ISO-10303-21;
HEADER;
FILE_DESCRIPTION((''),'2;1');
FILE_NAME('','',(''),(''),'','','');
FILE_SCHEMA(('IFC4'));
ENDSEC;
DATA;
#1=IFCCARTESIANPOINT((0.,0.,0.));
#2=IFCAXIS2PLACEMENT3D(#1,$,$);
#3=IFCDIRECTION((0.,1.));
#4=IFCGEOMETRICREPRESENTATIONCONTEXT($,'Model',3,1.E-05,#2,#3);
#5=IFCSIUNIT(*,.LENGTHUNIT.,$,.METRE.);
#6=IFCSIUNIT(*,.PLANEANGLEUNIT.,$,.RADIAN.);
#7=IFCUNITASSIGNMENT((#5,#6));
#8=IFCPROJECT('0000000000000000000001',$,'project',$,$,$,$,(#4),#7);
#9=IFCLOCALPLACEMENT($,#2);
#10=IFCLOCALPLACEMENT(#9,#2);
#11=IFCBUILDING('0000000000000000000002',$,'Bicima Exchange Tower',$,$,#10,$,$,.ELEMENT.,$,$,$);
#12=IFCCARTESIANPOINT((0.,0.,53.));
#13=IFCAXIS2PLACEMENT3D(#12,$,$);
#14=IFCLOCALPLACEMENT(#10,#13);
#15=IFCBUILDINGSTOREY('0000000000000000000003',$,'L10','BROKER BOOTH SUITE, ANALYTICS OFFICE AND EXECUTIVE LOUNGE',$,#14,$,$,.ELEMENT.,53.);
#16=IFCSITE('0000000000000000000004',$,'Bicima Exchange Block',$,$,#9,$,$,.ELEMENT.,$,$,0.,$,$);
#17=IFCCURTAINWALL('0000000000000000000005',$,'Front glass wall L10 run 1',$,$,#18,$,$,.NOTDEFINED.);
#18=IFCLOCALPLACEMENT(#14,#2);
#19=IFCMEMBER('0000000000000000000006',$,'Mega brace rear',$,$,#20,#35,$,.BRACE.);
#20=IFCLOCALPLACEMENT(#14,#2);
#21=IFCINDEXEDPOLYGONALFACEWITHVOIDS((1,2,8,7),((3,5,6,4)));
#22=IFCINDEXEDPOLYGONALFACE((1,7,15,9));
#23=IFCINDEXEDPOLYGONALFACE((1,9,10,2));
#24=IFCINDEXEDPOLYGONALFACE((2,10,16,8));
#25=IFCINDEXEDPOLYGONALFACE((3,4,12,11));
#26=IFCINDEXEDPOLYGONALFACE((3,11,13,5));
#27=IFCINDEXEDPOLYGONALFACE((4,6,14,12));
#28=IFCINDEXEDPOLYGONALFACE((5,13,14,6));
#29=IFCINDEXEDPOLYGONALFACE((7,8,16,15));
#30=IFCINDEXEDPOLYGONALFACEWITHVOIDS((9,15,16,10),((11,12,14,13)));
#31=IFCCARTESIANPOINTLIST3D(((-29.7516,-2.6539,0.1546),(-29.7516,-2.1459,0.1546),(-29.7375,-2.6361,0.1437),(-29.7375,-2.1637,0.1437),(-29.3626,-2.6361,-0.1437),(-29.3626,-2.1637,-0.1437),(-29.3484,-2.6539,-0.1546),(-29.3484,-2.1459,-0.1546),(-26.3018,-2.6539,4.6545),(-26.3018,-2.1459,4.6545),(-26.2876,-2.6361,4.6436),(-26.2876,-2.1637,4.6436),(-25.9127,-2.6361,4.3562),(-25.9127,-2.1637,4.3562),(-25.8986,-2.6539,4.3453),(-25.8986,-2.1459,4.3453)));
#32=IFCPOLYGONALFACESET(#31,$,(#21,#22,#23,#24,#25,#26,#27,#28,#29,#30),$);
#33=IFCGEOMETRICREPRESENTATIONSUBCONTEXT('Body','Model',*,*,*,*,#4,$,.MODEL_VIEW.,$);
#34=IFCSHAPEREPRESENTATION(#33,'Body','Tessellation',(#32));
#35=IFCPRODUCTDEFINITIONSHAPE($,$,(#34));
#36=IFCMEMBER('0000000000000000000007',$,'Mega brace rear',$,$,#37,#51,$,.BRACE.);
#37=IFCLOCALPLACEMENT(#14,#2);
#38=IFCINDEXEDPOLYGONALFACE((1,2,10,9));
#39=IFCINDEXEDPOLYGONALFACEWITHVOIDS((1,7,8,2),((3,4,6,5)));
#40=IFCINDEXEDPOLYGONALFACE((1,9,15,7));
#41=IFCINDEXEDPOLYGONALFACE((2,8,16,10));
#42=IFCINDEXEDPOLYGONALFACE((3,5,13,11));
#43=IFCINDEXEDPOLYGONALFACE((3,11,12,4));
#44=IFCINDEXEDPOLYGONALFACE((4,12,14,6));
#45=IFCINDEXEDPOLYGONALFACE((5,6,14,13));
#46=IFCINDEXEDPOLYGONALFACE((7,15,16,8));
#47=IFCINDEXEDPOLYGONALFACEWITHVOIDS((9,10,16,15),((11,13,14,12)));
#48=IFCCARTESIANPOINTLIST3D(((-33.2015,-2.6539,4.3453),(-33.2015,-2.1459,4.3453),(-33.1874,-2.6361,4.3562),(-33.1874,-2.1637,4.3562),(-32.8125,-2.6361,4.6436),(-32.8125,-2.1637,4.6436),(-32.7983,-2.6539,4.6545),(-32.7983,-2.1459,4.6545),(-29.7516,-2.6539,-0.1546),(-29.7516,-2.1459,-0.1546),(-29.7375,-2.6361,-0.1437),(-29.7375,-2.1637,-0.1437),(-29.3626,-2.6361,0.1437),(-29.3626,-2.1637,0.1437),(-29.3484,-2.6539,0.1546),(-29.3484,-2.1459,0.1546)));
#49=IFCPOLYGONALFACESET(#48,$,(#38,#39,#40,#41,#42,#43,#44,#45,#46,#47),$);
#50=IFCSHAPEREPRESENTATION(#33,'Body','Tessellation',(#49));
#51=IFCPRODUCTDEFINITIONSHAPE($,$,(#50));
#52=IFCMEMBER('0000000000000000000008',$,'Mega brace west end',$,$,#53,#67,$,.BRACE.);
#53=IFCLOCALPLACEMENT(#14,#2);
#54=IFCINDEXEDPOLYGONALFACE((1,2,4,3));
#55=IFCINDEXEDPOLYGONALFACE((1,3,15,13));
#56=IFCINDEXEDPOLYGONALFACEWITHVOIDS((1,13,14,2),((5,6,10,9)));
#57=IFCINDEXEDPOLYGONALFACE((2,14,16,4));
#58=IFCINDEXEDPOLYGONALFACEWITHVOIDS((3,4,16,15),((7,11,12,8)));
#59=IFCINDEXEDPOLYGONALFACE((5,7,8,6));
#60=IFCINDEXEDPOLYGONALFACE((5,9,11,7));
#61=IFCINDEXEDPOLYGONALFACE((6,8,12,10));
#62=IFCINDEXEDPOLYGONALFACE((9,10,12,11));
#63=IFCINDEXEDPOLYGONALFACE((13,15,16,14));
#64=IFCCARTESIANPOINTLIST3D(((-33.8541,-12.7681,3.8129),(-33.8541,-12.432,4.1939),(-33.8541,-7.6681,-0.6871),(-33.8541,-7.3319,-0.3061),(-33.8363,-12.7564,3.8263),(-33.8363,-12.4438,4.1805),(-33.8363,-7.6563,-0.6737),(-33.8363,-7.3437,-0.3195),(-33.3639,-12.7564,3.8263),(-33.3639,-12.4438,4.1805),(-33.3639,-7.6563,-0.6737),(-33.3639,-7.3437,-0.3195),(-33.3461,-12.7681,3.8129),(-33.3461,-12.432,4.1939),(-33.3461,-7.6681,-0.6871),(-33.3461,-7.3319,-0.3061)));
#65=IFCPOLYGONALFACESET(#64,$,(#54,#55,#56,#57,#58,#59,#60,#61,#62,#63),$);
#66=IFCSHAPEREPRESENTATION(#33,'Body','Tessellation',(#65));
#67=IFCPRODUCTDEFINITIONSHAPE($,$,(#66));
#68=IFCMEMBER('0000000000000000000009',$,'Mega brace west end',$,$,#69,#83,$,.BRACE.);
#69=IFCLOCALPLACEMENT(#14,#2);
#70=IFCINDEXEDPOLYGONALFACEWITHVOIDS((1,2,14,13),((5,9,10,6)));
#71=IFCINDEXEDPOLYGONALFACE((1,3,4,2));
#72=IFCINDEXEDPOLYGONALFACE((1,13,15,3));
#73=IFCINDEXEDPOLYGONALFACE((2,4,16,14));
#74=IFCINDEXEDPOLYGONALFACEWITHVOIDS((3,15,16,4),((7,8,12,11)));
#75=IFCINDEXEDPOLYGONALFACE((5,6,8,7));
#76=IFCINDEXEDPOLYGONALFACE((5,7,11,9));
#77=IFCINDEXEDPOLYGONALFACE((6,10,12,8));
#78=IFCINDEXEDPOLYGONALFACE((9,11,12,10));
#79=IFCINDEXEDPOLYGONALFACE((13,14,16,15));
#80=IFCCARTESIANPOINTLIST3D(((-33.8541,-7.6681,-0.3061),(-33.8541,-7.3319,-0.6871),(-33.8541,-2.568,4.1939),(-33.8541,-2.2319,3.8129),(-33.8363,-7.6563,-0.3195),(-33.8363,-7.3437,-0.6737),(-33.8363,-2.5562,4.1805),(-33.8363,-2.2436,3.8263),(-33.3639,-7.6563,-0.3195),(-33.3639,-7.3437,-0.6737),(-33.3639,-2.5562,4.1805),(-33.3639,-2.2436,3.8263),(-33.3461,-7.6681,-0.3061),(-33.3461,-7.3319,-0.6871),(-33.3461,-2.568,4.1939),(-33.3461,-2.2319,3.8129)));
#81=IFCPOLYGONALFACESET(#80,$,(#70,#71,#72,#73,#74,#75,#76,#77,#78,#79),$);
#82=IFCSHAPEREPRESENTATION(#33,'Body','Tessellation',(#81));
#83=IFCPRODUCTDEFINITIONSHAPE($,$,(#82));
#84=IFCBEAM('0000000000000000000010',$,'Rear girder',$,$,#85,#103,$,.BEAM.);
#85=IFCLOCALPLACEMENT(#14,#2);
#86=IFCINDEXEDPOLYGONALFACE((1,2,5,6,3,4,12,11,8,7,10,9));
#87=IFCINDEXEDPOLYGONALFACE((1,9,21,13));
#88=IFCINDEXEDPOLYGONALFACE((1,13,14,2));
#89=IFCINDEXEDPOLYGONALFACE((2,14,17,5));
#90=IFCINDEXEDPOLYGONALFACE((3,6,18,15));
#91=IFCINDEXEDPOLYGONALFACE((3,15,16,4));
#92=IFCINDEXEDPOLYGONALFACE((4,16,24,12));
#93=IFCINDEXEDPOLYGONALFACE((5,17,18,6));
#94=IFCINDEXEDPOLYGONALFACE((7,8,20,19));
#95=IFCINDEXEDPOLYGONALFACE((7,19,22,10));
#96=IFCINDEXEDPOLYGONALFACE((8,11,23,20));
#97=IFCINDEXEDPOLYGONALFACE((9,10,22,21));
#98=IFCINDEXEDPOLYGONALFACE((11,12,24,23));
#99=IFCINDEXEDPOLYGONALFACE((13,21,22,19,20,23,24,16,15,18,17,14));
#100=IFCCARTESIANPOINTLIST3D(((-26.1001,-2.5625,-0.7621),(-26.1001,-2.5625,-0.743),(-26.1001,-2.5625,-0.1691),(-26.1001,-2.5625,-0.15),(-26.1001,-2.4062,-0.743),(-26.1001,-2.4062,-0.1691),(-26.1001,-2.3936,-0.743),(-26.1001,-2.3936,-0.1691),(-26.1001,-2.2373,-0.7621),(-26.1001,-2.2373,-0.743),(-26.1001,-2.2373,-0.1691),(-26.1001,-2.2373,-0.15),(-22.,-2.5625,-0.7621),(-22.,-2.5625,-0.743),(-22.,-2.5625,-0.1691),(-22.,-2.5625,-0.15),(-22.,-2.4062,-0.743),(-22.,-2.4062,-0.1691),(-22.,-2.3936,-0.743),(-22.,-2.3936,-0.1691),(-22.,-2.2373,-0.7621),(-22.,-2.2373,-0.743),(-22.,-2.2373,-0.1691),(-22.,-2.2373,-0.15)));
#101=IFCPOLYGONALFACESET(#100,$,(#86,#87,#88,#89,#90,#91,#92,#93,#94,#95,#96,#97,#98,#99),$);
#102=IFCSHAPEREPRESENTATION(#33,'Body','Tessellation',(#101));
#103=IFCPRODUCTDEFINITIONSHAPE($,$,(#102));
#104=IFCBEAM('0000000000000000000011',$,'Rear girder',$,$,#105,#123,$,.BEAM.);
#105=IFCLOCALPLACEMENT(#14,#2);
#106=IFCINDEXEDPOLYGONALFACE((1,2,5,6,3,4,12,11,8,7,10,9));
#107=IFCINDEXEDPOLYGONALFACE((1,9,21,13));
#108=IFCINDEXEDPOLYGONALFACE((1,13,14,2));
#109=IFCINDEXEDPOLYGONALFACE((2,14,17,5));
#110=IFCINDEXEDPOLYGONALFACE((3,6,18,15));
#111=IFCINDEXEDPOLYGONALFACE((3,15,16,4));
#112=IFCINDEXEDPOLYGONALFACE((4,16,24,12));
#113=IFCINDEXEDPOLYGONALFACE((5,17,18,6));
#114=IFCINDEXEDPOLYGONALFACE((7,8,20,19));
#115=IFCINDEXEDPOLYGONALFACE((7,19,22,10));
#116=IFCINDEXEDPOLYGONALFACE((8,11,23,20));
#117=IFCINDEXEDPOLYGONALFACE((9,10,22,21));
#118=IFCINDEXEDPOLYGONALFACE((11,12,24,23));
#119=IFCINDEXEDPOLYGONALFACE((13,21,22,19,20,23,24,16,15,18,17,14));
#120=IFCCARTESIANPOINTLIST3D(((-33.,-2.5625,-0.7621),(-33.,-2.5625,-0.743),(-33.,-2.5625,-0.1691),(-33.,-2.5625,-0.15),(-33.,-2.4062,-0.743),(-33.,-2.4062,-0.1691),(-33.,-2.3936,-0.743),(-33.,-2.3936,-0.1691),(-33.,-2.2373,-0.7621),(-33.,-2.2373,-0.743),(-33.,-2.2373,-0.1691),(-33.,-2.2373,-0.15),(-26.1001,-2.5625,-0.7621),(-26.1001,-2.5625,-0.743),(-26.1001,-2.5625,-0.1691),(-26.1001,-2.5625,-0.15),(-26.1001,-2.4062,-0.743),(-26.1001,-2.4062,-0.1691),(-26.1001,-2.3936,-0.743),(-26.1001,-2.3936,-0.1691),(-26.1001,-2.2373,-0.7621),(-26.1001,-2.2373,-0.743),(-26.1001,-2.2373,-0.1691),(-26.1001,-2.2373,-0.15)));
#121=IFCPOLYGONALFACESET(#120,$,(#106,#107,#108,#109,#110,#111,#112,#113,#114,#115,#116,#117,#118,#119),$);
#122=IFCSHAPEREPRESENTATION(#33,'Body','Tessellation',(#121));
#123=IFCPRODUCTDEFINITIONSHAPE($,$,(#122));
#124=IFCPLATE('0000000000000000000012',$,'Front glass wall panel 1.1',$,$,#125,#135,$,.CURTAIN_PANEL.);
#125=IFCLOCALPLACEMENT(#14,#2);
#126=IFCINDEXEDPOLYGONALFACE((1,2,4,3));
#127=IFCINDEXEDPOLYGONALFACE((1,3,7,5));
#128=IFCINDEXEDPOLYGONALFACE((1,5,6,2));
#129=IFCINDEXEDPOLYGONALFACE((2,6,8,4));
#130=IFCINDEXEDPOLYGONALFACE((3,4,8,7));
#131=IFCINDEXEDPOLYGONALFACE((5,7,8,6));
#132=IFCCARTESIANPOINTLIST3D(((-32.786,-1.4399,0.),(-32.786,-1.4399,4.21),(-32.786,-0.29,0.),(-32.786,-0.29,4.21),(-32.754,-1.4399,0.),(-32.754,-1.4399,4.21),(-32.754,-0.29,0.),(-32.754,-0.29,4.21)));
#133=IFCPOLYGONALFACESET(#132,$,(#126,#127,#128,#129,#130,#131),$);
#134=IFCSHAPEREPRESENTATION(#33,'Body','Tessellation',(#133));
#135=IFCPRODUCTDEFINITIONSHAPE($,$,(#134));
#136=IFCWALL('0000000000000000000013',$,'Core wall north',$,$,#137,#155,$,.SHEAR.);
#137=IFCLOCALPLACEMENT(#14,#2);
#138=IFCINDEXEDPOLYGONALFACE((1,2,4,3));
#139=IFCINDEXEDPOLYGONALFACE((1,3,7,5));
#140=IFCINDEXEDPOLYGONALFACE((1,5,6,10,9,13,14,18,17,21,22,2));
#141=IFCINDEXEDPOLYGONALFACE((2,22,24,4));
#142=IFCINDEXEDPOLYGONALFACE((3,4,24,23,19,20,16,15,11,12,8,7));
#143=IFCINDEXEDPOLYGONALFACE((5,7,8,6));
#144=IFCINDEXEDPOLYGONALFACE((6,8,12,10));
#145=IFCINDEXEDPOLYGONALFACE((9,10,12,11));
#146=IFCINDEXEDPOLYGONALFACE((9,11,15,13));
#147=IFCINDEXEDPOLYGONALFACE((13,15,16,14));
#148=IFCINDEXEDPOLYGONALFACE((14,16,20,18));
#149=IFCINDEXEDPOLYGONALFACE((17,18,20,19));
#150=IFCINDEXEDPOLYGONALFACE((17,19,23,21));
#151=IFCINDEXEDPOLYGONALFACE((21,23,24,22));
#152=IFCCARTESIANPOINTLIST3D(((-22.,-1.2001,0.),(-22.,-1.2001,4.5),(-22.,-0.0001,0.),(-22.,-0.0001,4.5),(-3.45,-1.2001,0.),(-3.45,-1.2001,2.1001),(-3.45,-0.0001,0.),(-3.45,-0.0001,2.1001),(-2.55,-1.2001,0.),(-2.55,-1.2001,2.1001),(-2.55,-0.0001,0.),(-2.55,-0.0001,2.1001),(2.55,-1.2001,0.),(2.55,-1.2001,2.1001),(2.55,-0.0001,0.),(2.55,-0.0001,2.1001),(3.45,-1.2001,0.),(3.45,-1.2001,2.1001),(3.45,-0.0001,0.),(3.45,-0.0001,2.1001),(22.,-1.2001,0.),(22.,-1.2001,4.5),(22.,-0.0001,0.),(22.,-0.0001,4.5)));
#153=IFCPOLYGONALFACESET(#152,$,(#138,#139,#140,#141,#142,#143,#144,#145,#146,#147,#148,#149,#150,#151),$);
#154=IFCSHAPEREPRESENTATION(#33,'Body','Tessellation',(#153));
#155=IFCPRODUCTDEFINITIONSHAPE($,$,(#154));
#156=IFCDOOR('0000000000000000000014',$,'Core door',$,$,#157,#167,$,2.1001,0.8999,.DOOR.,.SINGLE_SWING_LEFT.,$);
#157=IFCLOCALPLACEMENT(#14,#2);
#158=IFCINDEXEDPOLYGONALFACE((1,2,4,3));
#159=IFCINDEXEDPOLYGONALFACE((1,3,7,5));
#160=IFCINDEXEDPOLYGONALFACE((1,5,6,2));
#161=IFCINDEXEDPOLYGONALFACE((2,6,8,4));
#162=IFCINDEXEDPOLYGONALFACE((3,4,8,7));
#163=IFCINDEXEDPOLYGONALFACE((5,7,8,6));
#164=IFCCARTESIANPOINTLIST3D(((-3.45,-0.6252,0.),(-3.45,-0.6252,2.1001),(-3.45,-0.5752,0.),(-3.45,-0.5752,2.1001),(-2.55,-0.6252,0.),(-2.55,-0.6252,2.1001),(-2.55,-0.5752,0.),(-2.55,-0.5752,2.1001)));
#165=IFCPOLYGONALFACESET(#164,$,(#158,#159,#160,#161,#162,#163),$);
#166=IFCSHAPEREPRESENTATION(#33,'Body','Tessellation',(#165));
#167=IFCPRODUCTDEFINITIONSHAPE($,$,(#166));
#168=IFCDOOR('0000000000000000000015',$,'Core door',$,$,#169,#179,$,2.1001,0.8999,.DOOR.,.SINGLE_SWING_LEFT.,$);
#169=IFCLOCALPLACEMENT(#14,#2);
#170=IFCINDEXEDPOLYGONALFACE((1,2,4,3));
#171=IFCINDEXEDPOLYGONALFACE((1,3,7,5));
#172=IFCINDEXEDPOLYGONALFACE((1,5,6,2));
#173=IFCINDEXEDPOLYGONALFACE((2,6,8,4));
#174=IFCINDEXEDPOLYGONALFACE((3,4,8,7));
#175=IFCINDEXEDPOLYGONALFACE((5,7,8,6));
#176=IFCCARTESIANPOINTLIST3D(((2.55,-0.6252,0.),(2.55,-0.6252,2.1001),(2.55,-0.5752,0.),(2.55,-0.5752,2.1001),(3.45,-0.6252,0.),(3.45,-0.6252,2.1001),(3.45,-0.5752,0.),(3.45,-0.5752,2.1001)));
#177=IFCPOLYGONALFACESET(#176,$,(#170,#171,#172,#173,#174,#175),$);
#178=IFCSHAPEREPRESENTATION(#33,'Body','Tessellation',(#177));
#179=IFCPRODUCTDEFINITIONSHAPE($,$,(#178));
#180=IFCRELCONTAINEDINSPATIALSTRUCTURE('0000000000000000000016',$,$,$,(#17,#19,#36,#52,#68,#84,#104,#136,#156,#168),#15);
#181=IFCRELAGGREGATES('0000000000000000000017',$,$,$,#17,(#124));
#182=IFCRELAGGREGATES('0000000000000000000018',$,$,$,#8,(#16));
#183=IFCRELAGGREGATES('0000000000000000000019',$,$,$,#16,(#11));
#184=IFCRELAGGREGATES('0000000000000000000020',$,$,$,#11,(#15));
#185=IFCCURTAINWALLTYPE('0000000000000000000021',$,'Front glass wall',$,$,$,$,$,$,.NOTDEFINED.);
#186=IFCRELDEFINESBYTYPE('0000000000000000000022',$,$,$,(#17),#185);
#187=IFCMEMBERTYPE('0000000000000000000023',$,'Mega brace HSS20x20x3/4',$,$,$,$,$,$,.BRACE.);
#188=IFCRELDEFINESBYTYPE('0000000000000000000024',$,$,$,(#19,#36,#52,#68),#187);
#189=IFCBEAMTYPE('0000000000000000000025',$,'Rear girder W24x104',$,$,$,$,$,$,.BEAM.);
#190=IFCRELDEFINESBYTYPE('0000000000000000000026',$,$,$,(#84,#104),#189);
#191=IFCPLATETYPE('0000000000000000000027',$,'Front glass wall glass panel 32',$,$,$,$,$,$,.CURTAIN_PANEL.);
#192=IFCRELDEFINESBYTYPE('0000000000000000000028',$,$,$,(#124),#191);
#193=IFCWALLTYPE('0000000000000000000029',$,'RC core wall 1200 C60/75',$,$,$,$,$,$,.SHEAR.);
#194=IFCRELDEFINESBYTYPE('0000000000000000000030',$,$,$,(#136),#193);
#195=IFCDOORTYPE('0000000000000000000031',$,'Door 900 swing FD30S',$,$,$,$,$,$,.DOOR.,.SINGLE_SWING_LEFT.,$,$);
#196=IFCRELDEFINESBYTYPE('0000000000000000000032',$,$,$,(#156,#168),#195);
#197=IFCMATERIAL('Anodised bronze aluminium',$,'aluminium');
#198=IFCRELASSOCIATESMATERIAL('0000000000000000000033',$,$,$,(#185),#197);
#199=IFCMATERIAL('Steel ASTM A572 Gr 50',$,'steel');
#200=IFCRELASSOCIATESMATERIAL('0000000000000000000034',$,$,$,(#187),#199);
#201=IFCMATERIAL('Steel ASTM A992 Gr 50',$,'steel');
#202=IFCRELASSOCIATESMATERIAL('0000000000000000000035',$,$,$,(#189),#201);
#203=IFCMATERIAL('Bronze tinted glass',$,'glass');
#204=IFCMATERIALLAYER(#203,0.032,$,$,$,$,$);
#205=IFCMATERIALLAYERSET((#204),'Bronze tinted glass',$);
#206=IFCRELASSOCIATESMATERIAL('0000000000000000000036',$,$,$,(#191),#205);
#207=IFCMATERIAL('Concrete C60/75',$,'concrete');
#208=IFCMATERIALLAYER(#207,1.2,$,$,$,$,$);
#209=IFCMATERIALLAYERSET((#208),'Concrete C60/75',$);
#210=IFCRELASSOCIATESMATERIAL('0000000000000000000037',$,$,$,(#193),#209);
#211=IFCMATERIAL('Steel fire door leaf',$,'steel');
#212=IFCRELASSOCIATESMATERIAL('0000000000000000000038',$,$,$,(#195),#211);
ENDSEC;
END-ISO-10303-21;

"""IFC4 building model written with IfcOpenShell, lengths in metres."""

from ifc_helpers import new_model, si_unit, direction, frame, frame_2d, origin, origin_2d, place, context, subcontext, project, spatial, rectangle, hollow_rectangle, i_section, extrude, material, layer, layer_set, material_profile, profile_set, type_object, element, fill, aggregate, save


model = new_model("IFC4")

# Units and contexts
model_context = context("Model", 3, precision=1e-05, world=origin(), true_north=direction((0.0, 1.0)))
body_context = subcontext(model_context, "Body", "Model", "MODEL_VIEW")
ifc_project = project(units=[si_unit("LENGTHUNIT", "METRE"), si_unit("PLANEANGLEUNIT", "RADIAN")], contexts=[model_context])

# Site, building, storey
site_placement = place(None, origin())
site = spatial("IfcSite", under=ifc_project, at=site_placement, Name="Bicima Exchange Block", CompositionType="ELEMENT", RefElevation=0.0)
building_placement = place(site_placement, origin())
building = spatial("IfcBuilding", under=site, at=building_placement, Name="Bicima Exchange Tower", CompositionType="ELEMENT")
storey_placement = place(building_placement, frame((0.0, 0.0, 53.0)))
storey = spatial("IfcBuildingStorey", under=building, at=storey_placement, Name="L10", Description="BROKER BOOTH SUITE, ANALYTICS OFFICE AND EXECUTIVE LOUNGE", CompositionType="ELEMENT", Elevation=53.0)

# Shared definitions
ifc_material_1 = material(Name="Steel ASTM A572 Gr 50", Category="steel")
ifc_material_2 = material(Name="Steel ASTM A992 Gr 50", Category="steel")

# Curtain wall
ifc_material_3 = material(Name="Anodised bronze aluminium", Category="aluminium")
curtain_wall_type = type_object("IfcCurtainWallType", Name="Front glass wall", PredefinedType="NOTDEFINED", material=ifc_material_3)
curtain_wall_placement = place(storey_placement, origin())
curtain_wall = element("IfcCurtainWall", 1, at=curtain_wall_placement, inside=storey, type_object=curtain_wall_type, Name="Front glass wall L10 run 1", PredefinedType="NOTDEFINED")

# Members
ifc_material_profile_1 = material_profile(ifc_material_1, hollow_rectangle(XDim=0.5081, YDim=0.5081, WallThickness=0.0178, at=origin_2d()))
ifc_profile_set_1 = profile_set([ifc_material_profile_1], Name="Steel ASTM A572 Gr 50")
member_type_1 = type_object("IfcMemberType", Name="Mega brace HSS20x20x3/4", PredefinedType="BRACE", material=ifc_profile_set_1)
for number, where, z_axis, x_axis, name in (
    (2, (-29.55, -2.3999, 0.0), (0.608426, 0.0, 0.793611), (0.0, 1.0, 0.0), "Mega brace rear"),
    (3, (-29.55, -2.3999, 0.0), (-0.608426, 0.0, 0.793611), (0.0, -1.0, 0.0), "Mega brace rear"),
):
    element("IfcMember", number, at=place(storey_placement, frame(where, z_axis=z_axis, x_axis=x_axis)), inside=storey, type_object=member_type_1, Name=name, PredefinedType="BRACE", context=body_context, shape_type="SweptSolid", body=[
        extrude(hollow_rectangle(XDim=0.5081, YDim=0.5081, WallThickness=0.0178, at=origin_2d()), origin(), (0.0, 0.0, 1.0), 5.6702),
    ])
for number, where, z_axis, x_axis, name in (
    (4, (-33.6001, -7.5, -0.4966), (0.0, -0.749844, 0.661615), (1.0, 0.0, 0.0), "Mega brace west end"),
    (5, (-33.6001, -7.5, -0.4966), (0.0, 0.749844, 0.661615), (-1.0, 0.0, 0.0), "Mega brace west end"),
):
    element("IfcMember", number, at=place(storey_placement, frame(where, z_axis=z_axis, x_axis=x_axis)), inside=storey, type_object=member_type_1, Name=name, PredefinedType="BRACE", context=body_context, shape_type="SweptSolid", body=[
        extrude(hollow_rectangle(XDim=0.5081, YDim=0.5081, WallThickness=0.0178, at=origin_2d()), origin(), (0.0, 0.0, 1.0), 6.8015),
    ])

# Beams
ifc_material_profile_2 = material_profile(ifc_material_2, i_section(OverallWidth=0.3252, OverallDepth=0.6121, WebThickness=0.0127, FlangeThickness=0.019, at=origin_2d()))
ifc_profile_set_2 = profile_set([ifc_material_profile_2], Name="Steel ASTM A992 Gr 50")
beam_type_1 = type_object("IfcBeamType", Name="Rear girder W24x104", PredefinedType="BEAM", material=ifc_profile_set_2)
beam_1_placement = place(storey_placement, frame((-22.0, -2.3999, -0.4561), z_axis=(-1.0, 0.0, 0.0), x_axis=(0.0, -1.0, 0.0)))
element("IfcBeam", 6, at=beam_1_placement, inside=storey, type_object=beam_type_1, Name="Rear girder", PredefinedType="BEAM", context=body_context, shape_type="SweptSolid", body=[
    extrude(i_section(OverallWidth=0.3252, OverallDepth=0.6121, WebThickness=0.0127, FlangeThickness=0.019, at=origin_2d()), origin(), (0.0, 0.0, 1.0), 4.1001),
])
beam_2_placement = place(storey_placement, frame((-26.1001, -2.3999, -0.4561), z_axis=(-1.0, 0.0, 0.0), x_axis=(0.0, -1.0, 0.0)))
element("IfcBeam", 7, at=beam_2_placement, inside=storey, type_object=beam_type_1, Name="Rear girder", PredefinedType="BEAM", context=body_context, shape_type="SweptSolid", body=[
    extrude(i_section(OverallWidth=0.3252, OverallDepth=0.6121, WebThickness=0.0127, FlangeThickness=0.019, at=origin_2d()), origin(), (0.0, 0.0, 1.0), 6.8999),
])

# Plate
ifc_material_4 = material(Name="Bronze tinted glass", Category="glass")
ifc_layer_1 = layer(ifc_material_4, 0.032)
ifc_layer_set_1 = layer_set([ifc_layer_1], Name="Bronze tinted glass")
plate_type = type_object("IfcPlateType", Name="Front glass wall glass panel 32", PredefinedType="CURTAIN_PANEL", material=ifc_layer_set_1)
plate_placement = place(storey_placement, frame((-32.77, -0.865, 0.0), z_axis=(0.0, 0.0, 1.0), x_axis=(0.0, -1.0, 0.0)))
plate = element("IfcPlate", 8, at=plate_placement, type_object=plate_type, Name="Front glass wall panel 1.1", PredefinedType="CURTAIN_PANEL", context=body_context, shape_type="SweptSolid", body=[
    extrude(rectangle(XDim=1.1499, YDim=0.032, at=origin_2d()), origin(), (0.0, 0.0, 1.0), 4.21),
])
aggregate(curtain_wall, [plate])

# Wall, openings, doors
ifc_material_5 = material(Name="Concrete C60/75", Category="concrete")
ifc_layer_2 = layer(ifc_material_5, 1.2)
ifc_layer_set_2 = layer_set([ifc_layer_2], Name="Concrete C60/75")
wall_type_1 = type_object("IfcWallType", Name="RC core wall 1200 C60/75", PredefinedType="SHEAR", material=ifc_layer_set_2)
wall_1_placement = place(storey_placement, frame((-22.0, -0.6001, 0.0), z_axis=(0.0, 0.0, 1.0), x_axis=(1.0, 0.0, 0.0)))
wall_1 = element("IfcWall", 9, at=wall_1_placement, inside=storey, type_object=wall_type_1, Name="Core wall north", PredefinedType="SHEAR", context=body_context, shape_type="SweptSolid", body=[
    extrude(rectangle(XDim=44.0, YDim=1.2, at=frame_2d((22.0, 0.0))), origin(), (0.0, 0.0, 1.0), 4.5),
])
opening_1_placement = place(wall_1_placement, frame((18.55, 0.0, 0.0)))
opening_1 = element("IfcOpeningElement", 10, at=opening_1_placement, cuts=wall_1, PredefinedType="OPENING", context=body_context, shape_type="SweptSolid", body=[
    extrude(rectangle(XDim=0.8999, YDim=2.1001, at=frame_2d((0.45, 1.05))), frame((0.0, 0.6118, 0.0), z_axis=(0.0, -1.0, 0.0), x_axis=(1.0, 0.0, 0.0)), (0.0, 0.0, 1.0), 1.2239),
])
opening_2_placement = place(wall_1_placement, frame((24.55, 0.0, 0.0)))
opening_2 = element("IfcOpeningElement", 11, at=opening_2_placement, cuts=wall_1, PredefinedType="OPENING", context=body_context, shape_type="SweptSolid", body=[
    extrude(rectangle(XDim=0.8999, YDim=2.1001, at=frame_2d((0.45, 1.05))), frame((0.0, 0.6118, 0.0), z_axis=(0.0, -1.0, 0.0), x_axis=(1.0, 0.0, 0.0)), (0.0, 0.0, 1.0), 1.2239),
])
ifc_material_6 = material(Name="Steel fire door leaf", Category="steel")
door_type = type_object("IfcDoorType", Name="Door 900 swing FD30S", OperationType="SINGLE_SWING_LEFT", PredefinedType="DOOR", material=ifc_material_6)
door_1_placement = place(opening_1_placement, origin())
door_1 = element("IfcDoor", 12, at=door_1_placement, inside=storey, type_object=door_type, Name="Core door", OperationType="SINGLE_SWING_LEFT", OverallHeight=2.1001, OverallWidth=0.8999, PredefinedType="DOOR", context=body_context, shape_type="SweptSolid", body=[
    extrude(rectangle(XDim=0.8999, YDim=2.1001, at=frame_2d((0.45, 1.05))), frame((0.0, 0.0249, 0.0), z_axis=(0.0, -1.0, 0.0), x_axis=(1.0, 0.0, 0.0)), (0.0, 0.0, 1.0), 0.05),
])
fill(opening_1, door_1)
door_2_placement = place(opening_2_placement, origin())
door_2 = element("IfcDoor", 13, at=door_2_placement, inside=storey, type_object=door_type, Name="Core door", OperationType="SINGLE_SWING_LEFT", OverallHeight=2.1001, OverallWidth=0.8999, PredefinedType="DOOR", context=body_context, shape_type="SweptSolid", body=[
    extrude(rectangle(XDim=0.8999, YDim=2.1001, at=frame_2d((0.45, 1.05))), frame((0.0, 0.0249, 0.0), z_axis=(0.0, -1.0, 0.0), x_axis=(1.0, 0.0, 0.0)), (0.0, 0.0, 1.0), 0.05),
])
fill(opening_2, door_2)

save(model, "model.ifc")
